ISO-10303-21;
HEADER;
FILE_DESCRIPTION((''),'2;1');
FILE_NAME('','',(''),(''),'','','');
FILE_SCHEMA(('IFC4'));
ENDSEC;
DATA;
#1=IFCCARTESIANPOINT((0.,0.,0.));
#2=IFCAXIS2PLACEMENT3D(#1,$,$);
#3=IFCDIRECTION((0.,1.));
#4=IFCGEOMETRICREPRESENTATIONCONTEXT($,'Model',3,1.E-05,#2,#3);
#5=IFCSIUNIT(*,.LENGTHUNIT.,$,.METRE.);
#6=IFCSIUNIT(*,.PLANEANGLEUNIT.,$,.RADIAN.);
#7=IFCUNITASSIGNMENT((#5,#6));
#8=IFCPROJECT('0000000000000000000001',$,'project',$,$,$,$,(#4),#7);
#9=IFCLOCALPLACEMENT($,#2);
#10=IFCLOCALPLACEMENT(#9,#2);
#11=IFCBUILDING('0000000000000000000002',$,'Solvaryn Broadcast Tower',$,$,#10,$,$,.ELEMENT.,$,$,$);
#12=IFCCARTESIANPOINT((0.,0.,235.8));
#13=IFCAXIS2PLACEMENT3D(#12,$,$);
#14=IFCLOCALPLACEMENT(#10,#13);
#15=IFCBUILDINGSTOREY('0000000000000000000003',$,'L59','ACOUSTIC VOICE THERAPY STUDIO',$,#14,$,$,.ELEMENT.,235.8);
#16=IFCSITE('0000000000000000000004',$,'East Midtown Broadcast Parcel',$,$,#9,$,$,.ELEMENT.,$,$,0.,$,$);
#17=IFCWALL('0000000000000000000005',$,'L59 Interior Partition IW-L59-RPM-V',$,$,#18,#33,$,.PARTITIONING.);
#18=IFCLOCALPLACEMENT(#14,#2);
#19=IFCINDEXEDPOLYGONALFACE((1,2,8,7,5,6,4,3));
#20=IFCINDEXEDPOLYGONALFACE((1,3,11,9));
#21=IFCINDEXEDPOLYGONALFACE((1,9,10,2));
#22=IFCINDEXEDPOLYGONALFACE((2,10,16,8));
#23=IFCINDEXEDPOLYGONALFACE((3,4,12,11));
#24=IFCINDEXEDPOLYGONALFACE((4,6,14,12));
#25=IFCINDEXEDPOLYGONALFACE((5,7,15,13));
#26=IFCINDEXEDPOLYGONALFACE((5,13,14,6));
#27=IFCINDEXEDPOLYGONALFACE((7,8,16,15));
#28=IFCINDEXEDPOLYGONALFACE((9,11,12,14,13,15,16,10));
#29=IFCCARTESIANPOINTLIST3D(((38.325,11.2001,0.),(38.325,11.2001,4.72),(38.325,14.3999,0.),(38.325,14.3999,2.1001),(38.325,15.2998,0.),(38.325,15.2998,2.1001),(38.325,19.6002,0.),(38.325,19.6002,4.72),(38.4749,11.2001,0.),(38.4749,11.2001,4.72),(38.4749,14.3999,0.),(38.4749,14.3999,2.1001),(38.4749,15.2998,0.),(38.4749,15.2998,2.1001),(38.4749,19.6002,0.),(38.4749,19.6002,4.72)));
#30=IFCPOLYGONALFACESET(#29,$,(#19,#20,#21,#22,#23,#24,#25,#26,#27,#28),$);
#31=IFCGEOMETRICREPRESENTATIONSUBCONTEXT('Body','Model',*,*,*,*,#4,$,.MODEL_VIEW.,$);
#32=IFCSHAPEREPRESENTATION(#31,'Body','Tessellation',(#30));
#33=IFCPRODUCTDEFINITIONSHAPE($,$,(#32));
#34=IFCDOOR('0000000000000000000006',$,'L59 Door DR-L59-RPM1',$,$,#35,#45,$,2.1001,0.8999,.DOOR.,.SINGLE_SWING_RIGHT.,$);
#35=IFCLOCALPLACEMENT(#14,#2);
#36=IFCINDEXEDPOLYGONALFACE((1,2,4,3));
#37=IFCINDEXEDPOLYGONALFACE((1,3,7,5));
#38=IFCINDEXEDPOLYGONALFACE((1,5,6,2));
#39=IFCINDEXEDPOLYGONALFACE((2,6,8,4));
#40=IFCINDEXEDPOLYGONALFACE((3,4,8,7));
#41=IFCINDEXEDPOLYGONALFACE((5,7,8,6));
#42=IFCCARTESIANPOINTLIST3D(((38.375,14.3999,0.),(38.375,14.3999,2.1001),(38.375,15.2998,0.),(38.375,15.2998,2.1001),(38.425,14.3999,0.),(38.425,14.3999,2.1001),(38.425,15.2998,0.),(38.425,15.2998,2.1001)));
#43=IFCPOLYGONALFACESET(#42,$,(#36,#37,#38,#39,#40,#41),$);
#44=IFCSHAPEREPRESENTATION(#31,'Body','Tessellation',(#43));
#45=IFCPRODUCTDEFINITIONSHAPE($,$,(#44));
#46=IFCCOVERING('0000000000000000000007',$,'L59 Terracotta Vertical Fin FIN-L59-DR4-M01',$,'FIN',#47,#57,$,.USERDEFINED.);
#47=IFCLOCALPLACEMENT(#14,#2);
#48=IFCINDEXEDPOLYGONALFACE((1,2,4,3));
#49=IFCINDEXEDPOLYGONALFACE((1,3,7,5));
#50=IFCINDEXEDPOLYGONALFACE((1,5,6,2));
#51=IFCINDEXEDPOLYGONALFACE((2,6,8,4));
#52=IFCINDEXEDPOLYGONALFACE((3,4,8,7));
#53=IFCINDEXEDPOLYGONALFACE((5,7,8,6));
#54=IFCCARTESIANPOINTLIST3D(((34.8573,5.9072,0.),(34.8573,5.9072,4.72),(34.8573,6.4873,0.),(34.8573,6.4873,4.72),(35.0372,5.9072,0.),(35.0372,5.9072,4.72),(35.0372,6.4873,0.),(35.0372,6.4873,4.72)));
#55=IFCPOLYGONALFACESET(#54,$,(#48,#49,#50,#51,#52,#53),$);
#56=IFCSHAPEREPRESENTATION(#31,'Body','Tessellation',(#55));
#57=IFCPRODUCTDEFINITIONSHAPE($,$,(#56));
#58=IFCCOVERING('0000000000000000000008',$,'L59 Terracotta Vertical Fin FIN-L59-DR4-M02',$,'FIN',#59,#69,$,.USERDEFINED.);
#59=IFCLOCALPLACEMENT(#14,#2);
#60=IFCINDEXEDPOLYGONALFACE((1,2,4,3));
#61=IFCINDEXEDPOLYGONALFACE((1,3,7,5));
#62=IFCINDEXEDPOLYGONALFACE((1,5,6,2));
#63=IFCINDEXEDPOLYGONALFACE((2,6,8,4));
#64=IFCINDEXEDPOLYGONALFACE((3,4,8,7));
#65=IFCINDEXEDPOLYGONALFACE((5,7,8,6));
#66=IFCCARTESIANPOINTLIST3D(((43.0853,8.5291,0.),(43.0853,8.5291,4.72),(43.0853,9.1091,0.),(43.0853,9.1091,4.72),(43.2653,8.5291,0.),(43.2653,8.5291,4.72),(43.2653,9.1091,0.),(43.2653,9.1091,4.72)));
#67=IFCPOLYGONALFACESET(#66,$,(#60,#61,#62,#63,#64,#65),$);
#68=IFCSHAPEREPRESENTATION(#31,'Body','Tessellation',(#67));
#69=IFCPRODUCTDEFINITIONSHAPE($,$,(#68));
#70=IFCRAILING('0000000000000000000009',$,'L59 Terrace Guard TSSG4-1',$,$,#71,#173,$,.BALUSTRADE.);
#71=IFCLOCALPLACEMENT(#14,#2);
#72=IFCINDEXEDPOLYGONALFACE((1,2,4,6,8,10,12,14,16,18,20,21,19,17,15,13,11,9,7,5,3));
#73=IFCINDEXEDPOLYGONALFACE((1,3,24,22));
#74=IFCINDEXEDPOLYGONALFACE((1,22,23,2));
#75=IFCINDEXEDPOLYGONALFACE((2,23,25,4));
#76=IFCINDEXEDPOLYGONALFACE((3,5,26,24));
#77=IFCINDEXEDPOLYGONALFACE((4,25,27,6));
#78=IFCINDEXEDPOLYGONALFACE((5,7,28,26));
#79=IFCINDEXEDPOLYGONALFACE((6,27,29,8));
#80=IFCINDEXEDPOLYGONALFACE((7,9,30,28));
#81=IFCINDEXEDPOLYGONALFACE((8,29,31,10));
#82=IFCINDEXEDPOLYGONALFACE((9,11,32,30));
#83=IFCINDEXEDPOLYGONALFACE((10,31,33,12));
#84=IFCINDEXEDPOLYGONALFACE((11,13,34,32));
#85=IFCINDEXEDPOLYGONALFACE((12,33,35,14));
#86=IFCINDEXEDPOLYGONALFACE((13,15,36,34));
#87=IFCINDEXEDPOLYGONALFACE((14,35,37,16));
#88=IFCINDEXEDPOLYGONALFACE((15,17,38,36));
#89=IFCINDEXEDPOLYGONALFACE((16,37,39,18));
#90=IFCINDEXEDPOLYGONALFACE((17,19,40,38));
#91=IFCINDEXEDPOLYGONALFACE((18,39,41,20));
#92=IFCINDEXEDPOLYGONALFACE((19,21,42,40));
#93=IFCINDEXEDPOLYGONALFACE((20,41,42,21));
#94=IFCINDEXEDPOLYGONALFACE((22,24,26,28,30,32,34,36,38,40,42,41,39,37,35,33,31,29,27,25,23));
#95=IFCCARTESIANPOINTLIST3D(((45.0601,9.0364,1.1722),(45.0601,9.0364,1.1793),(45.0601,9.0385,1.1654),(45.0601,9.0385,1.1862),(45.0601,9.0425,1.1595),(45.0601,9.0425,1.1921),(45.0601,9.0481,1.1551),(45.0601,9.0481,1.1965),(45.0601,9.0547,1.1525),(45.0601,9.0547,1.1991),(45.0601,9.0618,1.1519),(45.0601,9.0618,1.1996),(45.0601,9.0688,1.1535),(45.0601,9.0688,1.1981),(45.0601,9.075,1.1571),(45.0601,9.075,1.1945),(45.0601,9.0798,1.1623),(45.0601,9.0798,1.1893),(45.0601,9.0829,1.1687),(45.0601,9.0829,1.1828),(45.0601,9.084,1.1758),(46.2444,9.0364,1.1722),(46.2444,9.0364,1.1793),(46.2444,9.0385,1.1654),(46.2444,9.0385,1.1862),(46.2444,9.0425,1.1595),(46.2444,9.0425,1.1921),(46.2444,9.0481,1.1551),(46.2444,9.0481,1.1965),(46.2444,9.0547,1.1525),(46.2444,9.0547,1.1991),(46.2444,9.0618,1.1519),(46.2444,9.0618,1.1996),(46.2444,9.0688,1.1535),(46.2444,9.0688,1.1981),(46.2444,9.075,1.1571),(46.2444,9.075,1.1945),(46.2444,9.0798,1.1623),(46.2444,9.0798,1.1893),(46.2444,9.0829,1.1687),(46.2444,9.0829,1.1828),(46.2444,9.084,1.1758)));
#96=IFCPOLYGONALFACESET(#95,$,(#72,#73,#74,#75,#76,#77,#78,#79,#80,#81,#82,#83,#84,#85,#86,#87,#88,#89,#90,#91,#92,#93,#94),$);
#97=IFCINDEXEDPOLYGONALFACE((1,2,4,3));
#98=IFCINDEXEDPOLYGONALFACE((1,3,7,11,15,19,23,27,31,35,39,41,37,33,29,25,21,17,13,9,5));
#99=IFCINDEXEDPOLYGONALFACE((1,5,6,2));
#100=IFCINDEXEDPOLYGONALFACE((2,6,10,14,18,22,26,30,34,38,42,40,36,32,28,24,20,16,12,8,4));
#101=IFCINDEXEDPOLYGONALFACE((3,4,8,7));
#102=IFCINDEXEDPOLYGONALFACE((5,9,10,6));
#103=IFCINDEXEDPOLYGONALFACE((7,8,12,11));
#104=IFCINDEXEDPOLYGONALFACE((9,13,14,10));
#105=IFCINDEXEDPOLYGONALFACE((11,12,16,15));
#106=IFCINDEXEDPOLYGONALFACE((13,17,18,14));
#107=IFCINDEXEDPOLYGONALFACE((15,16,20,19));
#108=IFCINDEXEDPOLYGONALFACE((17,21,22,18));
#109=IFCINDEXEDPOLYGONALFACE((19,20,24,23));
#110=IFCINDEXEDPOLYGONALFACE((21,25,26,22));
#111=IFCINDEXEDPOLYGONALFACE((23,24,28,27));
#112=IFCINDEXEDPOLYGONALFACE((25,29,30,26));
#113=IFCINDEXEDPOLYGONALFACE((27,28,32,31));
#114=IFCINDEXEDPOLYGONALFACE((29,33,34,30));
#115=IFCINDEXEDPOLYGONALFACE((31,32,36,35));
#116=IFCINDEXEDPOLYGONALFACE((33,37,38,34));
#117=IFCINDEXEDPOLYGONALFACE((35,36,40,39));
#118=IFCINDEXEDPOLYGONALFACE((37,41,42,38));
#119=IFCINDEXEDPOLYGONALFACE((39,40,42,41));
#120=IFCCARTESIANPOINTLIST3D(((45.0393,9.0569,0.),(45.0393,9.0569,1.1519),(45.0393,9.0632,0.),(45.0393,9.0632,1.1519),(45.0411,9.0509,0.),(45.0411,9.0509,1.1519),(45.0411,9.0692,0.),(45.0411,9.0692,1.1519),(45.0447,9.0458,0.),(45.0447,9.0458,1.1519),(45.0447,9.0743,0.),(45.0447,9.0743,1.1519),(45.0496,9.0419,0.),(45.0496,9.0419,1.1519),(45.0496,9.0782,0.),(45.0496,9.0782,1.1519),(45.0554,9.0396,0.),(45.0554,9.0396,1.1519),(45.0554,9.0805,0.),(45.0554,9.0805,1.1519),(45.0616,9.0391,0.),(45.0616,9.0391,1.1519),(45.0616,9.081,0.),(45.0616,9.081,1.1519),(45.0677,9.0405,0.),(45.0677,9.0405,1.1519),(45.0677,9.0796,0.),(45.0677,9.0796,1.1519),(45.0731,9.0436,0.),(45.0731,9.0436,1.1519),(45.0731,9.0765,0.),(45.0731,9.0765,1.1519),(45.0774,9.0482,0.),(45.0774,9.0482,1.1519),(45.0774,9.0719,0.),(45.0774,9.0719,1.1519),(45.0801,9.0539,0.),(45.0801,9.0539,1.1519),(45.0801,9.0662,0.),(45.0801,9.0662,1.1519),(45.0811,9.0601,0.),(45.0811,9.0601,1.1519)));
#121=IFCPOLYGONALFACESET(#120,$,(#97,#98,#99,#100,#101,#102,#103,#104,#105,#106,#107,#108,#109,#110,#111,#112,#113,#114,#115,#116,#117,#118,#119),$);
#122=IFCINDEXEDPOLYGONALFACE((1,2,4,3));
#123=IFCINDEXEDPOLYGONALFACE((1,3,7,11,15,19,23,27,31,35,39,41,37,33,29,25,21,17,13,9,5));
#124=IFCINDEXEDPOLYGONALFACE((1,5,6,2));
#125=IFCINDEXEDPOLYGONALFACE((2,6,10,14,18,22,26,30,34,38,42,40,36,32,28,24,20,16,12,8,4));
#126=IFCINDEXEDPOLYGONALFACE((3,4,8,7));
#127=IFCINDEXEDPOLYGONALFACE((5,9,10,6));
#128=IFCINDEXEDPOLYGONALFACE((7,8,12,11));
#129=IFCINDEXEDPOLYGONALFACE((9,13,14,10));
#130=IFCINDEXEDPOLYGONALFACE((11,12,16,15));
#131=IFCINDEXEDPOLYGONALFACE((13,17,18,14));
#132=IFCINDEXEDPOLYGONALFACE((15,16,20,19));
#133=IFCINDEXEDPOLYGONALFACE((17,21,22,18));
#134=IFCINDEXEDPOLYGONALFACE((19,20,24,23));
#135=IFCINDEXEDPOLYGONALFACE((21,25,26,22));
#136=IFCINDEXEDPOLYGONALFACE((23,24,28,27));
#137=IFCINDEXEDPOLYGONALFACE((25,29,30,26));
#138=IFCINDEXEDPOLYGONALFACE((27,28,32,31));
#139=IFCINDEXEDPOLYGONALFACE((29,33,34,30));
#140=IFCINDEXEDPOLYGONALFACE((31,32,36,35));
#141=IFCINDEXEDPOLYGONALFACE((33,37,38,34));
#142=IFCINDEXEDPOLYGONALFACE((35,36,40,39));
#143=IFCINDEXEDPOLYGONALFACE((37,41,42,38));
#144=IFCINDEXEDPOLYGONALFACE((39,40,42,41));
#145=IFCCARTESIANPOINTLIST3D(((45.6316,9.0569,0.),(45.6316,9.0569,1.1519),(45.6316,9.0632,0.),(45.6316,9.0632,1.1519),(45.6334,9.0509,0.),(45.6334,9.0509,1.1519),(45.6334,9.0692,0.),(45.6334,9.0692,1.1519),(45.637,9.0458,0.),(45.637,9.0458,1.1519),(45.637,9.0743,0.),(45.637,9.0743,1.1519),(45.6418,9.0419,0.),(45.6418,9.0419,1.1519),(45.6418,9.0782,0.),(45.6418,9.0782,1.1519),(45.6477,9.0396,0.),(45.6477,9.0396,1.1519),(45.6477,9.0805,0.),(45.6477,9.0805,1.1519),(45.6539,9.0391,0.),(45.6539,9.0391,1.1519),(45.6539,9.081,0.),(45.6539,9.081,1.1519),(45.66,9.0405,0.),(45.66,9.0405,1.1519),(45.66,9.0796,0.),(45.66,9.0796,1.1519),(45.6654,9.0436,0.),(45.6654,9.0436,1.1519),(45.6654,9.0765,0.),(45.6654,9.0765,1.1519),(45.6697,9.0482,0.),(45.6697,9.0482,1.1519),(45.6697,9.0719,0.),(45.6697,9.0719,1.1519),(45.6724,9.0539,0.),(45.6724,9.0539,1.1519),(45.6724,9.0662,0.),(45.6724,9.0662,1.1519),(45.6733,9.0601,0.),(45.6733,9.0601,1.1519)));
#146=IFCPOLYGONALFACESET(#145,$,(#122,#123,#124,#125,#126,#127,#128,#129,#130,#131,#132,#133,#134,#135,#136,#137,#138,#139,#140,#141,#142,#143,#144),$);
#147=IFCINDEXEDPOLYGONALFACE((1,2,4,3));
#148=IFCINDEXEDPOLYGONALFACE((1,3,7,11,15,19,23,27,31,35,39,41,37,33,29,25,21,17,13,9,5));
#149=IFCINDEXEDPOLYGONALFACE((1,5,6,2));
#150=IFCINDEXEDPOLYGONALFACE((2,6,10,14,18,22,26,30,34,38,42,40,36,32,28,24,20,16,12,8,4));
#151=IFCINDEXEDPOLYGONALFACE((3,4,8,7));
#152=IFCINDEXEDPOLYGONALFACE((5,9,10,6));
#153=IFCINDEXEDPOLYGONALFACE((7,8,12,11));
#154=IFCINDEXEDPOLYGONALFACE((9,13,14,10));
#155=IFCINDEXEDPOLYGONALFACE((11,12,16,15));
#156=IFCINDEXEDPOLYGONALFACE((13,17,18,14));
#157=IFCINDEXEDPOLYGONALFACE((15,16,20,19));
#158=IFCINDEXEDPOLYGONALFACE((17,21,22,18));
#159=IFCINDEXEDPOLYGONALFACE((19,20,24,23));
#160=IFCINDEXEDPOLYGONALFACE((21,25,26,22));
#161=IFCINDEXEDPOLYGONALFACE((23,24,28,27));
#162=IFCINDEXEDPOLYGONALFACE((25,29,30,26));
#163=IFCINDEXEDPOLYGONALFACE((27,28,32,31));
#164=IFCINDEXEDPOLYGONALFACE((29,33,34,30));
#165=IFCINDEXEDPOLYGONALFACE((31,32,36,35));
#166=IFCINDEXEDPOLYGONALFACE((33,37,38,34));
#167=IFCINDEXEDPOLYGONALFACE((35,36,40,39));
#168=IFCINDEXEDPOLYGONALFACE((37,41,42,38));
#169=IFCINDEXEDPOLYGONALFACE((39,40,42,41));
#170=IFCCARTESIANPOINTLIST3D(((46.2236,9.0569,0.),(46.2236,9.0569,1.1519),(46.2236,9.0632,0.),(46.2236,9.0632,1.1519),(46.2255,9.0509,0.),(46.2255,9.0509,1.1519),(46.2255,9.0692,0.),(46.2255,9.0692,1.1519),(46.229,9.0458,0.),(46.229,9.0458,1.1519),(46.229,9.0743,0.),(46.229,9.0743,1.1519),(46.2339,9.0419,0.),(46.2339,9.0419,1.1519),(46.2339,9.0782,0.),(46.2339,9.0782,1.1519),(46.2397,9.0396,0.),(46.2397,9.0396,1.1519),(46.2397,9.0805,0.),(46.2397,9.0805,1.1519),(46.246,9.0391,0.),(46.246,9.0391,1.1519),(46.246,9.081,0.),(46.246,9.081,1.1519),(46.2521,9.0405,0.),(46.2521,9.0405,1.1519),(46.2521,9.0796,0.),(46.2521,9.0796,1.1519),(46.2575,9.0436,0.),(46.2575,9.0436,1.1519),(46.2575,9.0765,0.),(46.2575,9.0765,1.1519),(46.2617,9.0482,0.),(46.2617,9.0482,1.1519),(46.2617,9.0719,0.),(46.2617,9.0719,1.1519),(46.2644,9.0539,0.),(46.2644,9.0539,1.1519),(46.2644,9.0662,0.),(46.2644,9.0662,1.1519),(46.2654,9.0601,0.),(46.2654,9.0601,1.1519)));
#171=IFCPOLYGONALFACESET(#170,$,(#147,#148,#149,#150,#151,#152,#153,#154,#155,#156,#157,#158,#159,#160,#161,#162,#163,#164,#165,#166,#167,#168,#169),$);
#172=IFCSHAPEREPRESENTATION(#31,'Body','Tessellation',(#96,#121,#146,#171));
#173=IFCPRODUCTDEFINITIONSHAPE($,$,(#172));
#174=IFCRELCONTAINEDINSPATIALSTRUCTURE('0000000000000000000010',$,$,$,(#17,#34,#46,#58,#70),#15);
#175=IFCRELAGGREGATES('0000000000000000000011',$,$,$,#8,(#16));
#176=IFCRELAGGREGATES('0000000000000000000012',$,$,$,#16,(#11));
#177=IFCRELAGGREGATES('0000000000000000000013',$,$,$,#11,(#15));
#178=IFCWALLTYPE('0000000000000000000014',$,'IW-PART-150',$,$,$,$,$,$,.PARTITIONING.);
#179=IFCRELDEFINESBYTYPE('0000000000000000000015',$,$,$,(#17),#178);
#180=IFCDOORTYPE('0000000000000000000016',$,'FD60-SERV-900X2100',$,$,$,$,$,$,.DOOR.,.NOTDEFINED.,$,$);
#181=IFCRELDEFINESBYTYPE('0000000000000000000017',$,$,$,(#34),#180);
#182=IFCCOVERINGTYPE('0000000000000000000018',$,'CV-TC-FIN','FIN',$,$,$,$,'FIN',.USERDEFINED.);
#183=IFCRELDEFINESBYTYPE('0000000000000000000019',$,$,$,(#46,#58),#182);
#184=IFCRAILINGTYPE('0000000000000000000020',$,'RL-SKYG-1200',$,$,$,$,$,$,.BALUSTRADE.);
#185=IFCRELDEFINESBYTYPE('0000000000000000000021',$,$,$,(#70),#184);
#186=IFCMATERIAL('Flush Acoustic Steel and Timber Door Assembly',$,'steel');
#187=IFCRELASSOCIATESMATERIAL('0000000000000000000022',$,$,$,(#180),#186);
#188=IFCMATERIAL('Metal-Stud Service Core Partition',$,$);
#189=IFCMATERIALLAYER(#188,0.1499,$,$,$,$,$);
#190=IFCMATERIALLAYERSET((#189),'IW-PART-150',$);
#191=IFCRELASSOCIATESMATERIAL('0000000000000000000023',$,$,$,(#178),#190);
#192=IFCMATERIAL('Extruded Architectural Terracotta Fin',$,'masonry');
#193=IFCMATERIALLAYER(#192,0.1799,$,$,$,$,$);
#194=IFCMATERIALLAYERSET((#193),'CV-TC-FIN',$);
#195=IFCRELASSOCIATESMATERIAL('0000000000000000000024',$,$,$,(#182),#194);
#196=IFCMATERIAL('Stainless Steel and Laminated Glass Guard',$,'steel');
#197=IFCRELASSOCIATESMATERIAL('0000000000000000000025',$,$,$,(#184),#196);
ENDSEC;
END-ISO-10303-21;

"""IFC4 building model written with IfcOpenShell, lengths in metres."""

from ifc_helpers import new_model, si_unit, direction, frame, frame_2d, origin, origin_2d, place, context, subcontext, project, spatial, rectangle, circle, extrude, material, layer, layer_set, type_object, element, fill, save


model = new_model("IFC4")

# Units and contexts
model_context = context("Model", 3, precision=1e-05, world=origin(), true_north=direction((0.0, 1.0)))
body_context = subcontext(model_context, "Body", "Model", "MODEL_VIEW")
ifc_project = project(units=[si_unit("LENGTHUNIT", "METRE"), si_unit("PLANEANGLEUNIT", "RADIAN")], contexts=[model_context])

# Site, building, storey
site_placement = place(None, origin())
site = spatial("IfcSite", under=ifc_project, at=site_placement, Name="East Midtown Broadcast Parcel", CompositionType="ELEMENT", RefElevation=0.0)
building_placement = place(site_placement, origin())
building = spatial("IfcBuilding", under=site, at=building_placement, Name="Solvaryn Broadcast Tower", CompositionType="ELEMENT")
storey_placement = place(building_placement, frame((0.0, 0.0, 235.8)))
storey = spatial("IfcBuildingStorey", under=building, at=storey_placement, Name="L59", Description="ACOUSTIC VOICE THERAPY STUDIO", CompositionType="ELEMENT", Elevation=235.8)

# Shared definitions
ifc_material_1 = material(Name="Flush Acoustic Steel and Timber Door Assembly", Category="steel")
door_type = type_object("IfcDoorType", Name="FD60-SERV-900X2100", OperationType="NOTDEFINED", PredefinedType="DOOR", material=ifc_material_1)

# Wall, opening, door
ifc_material_2 = material(Name="Metal-Stud Service Core Partition")
ifc_layer_1 = layer(ifc_material_2, 0.1499)
ifc_layer_set_1 = layer_set([ifc_layer_1], Name="IW-PART-150")
wall_type_1 = type_object("IfcWallType", Name="IW-PART-150", PredefinedType="PARTITIONING", material=ifc_layer_set_1)
wall_1_placement = place(storey_placement, frame((38.3999, 11.2, 0.0), z_axis=(0.0, 0.0, 1.0), x_axis=(0.0, 1.0, 0.0)))
wall_1 = element("IfcWall", 1, at=wall_1_placement, inside=storey, type_object=wall_type_1, Name="L59 Interior Partition IW-L59-RPM-V", PredefinedType="PARTITIONING", context=body_context, shape_type="SweptSolid", body=[
    extrude(rectangle(XDim=8.4001, YDim=0.1499, at=frame_2d((4.2002, 0.0))), origin(), (0.0, 0.0, 1.0), 4.72),
])
opening_1_placement = place(wall_1_placement, frame((3.2, 0.0, 0.0)))
opening_1 = element("IfcOpeningElement", 2, at=opening_1_placement, cuts=wall_1, PredefinedType="OPENING", context=body_context, shape_type="SweptSolid", body=[
    extrude(rectangle(XDim=0.8999, YDim=2.1001, at=frame_2d((0.45, 1.05))), frame((0.0, 0.085, 0.0), z_axis=(0.0, -1.0, 0.0), x_axis=(1.0, 0.0, 0.0)), (0.0, 0.0, 1.0), 0.1699),
])
door_1_placement = place(opening_1_placement, origin())
door_1 = element("IfcDoor", 3, at=door_1_placement, inside=storey, type_object=door_type, Name="L59 Door DR-L59-RPM1", OperationType="SINGLE_SWING_RIGHT", OverallHeight=2.1001, OverallWidth=0.8999, PredefinedType="DOOR", context=body_context, shape_type="SweptSolid", body=[
    extrude(rectangle(XDim=0.8999, YDim=2.1001, at=frame_2d((0.45, 1.05))), frame((0.0, 0.0249, 0.0), z_axis=(0.0, -1.0, 0.0), x_axis=(1.0, 0.0, 0.0)), (0.0, 0.0, 1.0), 0.05),
])
fill(opening_1, door_1)

# Coverings
ifc_material_3 = material(Name="Extruded Architectural Terracotta Fin", Category="masonry")
ifc_layer_2 = layer(ifc_material_3, 0.1799)
ifc_layer_set_2 = layer_set([ifc_layer_2], Name="CV-TC-FIN")
covering_type = type_object("IfcCoveringType", Name="CV-TC-FIN", Description="FIN", ElementType="FIN", PredefinedType="USERDEFINED", material=ifc_layer_set_2)
for number, where, z_axis, x_axis, name in (
    (4, (34.9473, 6.1973, 0.0), (0.0, 0.0, 1.0), (1.0, 0.0, 0.0), "L59 Terracotta Vertical Fin FIN-L59-DR4-M01"),
    (5, (43.1753, 8.8191, 0.0), (0.0, 0.0, 1.0), (1.0, 0.0, 0.0), "L59 Terracotta Vertical Fin FIN-L59-DR4-M02"),
):
    element("IfcCovering", number, at=place(storey_placement, frame(where, z_axis=z_axis, x_axis=x_axis)), inside=storey, type_object=covering_type, Name=name, ObjectType="FIN", PredefinedType="USERDEFINED", context=body_context, shape_type="SweptSolid", body=[
        extrude(rectangle(XDim=0.1799, YDim=0.5801, at=origin_2d()), origin(), (0.0, 0.0, 1.0), 4.72),
    ])

# Railing
ifc_material_4 = material(Name="Stainless Steel and Laminated Glass Guard", Category="steel")
railing_type = type_object("IfcRailingType", Name="RL-SKYG-1200", PredefinedType="BALUSTRADE", material=ifc_material_4)
railing_1_placement = place(storey_placement, frame((45.0601, 9.0601, 0.0)))
element("IfcRailing", 6, at=railing_1_placement, inside=storey, type_object=railing_type, Name="L59 Terrace Guard TSSG4-1", PredefinedType="BALUSTRADE", context=body_context, shape_type="SweptSolid", body=[
    extrude(circle(Radius=0.0239, at=origin_2d()), frame((0.0, 0.0, 1.1758), z_axis=(1.0, 0.0, 0.0), x_axis=(0.0, 1.0, 0.0)), (0.0, 0.0, 1.0), 1.1843),
    extrude(circle(Radius=0.021, at=origin_2d()), origin(), (0.0, 0.0, 1.0), 1.1519),
    extrude(circle(Radius=0.021, at=origin_2d()), frame((0.5923, 0.0, 0.0)), (0.0, 0.0, 1.0), 1.1519),
    extrude(circle(Radius=0.021, at=origin_2d()), frame((1.1843, 0.0, 0.0)), (0.0, 0.0, 1.0), 1.1519),
])

save(model, "model.ifc")
